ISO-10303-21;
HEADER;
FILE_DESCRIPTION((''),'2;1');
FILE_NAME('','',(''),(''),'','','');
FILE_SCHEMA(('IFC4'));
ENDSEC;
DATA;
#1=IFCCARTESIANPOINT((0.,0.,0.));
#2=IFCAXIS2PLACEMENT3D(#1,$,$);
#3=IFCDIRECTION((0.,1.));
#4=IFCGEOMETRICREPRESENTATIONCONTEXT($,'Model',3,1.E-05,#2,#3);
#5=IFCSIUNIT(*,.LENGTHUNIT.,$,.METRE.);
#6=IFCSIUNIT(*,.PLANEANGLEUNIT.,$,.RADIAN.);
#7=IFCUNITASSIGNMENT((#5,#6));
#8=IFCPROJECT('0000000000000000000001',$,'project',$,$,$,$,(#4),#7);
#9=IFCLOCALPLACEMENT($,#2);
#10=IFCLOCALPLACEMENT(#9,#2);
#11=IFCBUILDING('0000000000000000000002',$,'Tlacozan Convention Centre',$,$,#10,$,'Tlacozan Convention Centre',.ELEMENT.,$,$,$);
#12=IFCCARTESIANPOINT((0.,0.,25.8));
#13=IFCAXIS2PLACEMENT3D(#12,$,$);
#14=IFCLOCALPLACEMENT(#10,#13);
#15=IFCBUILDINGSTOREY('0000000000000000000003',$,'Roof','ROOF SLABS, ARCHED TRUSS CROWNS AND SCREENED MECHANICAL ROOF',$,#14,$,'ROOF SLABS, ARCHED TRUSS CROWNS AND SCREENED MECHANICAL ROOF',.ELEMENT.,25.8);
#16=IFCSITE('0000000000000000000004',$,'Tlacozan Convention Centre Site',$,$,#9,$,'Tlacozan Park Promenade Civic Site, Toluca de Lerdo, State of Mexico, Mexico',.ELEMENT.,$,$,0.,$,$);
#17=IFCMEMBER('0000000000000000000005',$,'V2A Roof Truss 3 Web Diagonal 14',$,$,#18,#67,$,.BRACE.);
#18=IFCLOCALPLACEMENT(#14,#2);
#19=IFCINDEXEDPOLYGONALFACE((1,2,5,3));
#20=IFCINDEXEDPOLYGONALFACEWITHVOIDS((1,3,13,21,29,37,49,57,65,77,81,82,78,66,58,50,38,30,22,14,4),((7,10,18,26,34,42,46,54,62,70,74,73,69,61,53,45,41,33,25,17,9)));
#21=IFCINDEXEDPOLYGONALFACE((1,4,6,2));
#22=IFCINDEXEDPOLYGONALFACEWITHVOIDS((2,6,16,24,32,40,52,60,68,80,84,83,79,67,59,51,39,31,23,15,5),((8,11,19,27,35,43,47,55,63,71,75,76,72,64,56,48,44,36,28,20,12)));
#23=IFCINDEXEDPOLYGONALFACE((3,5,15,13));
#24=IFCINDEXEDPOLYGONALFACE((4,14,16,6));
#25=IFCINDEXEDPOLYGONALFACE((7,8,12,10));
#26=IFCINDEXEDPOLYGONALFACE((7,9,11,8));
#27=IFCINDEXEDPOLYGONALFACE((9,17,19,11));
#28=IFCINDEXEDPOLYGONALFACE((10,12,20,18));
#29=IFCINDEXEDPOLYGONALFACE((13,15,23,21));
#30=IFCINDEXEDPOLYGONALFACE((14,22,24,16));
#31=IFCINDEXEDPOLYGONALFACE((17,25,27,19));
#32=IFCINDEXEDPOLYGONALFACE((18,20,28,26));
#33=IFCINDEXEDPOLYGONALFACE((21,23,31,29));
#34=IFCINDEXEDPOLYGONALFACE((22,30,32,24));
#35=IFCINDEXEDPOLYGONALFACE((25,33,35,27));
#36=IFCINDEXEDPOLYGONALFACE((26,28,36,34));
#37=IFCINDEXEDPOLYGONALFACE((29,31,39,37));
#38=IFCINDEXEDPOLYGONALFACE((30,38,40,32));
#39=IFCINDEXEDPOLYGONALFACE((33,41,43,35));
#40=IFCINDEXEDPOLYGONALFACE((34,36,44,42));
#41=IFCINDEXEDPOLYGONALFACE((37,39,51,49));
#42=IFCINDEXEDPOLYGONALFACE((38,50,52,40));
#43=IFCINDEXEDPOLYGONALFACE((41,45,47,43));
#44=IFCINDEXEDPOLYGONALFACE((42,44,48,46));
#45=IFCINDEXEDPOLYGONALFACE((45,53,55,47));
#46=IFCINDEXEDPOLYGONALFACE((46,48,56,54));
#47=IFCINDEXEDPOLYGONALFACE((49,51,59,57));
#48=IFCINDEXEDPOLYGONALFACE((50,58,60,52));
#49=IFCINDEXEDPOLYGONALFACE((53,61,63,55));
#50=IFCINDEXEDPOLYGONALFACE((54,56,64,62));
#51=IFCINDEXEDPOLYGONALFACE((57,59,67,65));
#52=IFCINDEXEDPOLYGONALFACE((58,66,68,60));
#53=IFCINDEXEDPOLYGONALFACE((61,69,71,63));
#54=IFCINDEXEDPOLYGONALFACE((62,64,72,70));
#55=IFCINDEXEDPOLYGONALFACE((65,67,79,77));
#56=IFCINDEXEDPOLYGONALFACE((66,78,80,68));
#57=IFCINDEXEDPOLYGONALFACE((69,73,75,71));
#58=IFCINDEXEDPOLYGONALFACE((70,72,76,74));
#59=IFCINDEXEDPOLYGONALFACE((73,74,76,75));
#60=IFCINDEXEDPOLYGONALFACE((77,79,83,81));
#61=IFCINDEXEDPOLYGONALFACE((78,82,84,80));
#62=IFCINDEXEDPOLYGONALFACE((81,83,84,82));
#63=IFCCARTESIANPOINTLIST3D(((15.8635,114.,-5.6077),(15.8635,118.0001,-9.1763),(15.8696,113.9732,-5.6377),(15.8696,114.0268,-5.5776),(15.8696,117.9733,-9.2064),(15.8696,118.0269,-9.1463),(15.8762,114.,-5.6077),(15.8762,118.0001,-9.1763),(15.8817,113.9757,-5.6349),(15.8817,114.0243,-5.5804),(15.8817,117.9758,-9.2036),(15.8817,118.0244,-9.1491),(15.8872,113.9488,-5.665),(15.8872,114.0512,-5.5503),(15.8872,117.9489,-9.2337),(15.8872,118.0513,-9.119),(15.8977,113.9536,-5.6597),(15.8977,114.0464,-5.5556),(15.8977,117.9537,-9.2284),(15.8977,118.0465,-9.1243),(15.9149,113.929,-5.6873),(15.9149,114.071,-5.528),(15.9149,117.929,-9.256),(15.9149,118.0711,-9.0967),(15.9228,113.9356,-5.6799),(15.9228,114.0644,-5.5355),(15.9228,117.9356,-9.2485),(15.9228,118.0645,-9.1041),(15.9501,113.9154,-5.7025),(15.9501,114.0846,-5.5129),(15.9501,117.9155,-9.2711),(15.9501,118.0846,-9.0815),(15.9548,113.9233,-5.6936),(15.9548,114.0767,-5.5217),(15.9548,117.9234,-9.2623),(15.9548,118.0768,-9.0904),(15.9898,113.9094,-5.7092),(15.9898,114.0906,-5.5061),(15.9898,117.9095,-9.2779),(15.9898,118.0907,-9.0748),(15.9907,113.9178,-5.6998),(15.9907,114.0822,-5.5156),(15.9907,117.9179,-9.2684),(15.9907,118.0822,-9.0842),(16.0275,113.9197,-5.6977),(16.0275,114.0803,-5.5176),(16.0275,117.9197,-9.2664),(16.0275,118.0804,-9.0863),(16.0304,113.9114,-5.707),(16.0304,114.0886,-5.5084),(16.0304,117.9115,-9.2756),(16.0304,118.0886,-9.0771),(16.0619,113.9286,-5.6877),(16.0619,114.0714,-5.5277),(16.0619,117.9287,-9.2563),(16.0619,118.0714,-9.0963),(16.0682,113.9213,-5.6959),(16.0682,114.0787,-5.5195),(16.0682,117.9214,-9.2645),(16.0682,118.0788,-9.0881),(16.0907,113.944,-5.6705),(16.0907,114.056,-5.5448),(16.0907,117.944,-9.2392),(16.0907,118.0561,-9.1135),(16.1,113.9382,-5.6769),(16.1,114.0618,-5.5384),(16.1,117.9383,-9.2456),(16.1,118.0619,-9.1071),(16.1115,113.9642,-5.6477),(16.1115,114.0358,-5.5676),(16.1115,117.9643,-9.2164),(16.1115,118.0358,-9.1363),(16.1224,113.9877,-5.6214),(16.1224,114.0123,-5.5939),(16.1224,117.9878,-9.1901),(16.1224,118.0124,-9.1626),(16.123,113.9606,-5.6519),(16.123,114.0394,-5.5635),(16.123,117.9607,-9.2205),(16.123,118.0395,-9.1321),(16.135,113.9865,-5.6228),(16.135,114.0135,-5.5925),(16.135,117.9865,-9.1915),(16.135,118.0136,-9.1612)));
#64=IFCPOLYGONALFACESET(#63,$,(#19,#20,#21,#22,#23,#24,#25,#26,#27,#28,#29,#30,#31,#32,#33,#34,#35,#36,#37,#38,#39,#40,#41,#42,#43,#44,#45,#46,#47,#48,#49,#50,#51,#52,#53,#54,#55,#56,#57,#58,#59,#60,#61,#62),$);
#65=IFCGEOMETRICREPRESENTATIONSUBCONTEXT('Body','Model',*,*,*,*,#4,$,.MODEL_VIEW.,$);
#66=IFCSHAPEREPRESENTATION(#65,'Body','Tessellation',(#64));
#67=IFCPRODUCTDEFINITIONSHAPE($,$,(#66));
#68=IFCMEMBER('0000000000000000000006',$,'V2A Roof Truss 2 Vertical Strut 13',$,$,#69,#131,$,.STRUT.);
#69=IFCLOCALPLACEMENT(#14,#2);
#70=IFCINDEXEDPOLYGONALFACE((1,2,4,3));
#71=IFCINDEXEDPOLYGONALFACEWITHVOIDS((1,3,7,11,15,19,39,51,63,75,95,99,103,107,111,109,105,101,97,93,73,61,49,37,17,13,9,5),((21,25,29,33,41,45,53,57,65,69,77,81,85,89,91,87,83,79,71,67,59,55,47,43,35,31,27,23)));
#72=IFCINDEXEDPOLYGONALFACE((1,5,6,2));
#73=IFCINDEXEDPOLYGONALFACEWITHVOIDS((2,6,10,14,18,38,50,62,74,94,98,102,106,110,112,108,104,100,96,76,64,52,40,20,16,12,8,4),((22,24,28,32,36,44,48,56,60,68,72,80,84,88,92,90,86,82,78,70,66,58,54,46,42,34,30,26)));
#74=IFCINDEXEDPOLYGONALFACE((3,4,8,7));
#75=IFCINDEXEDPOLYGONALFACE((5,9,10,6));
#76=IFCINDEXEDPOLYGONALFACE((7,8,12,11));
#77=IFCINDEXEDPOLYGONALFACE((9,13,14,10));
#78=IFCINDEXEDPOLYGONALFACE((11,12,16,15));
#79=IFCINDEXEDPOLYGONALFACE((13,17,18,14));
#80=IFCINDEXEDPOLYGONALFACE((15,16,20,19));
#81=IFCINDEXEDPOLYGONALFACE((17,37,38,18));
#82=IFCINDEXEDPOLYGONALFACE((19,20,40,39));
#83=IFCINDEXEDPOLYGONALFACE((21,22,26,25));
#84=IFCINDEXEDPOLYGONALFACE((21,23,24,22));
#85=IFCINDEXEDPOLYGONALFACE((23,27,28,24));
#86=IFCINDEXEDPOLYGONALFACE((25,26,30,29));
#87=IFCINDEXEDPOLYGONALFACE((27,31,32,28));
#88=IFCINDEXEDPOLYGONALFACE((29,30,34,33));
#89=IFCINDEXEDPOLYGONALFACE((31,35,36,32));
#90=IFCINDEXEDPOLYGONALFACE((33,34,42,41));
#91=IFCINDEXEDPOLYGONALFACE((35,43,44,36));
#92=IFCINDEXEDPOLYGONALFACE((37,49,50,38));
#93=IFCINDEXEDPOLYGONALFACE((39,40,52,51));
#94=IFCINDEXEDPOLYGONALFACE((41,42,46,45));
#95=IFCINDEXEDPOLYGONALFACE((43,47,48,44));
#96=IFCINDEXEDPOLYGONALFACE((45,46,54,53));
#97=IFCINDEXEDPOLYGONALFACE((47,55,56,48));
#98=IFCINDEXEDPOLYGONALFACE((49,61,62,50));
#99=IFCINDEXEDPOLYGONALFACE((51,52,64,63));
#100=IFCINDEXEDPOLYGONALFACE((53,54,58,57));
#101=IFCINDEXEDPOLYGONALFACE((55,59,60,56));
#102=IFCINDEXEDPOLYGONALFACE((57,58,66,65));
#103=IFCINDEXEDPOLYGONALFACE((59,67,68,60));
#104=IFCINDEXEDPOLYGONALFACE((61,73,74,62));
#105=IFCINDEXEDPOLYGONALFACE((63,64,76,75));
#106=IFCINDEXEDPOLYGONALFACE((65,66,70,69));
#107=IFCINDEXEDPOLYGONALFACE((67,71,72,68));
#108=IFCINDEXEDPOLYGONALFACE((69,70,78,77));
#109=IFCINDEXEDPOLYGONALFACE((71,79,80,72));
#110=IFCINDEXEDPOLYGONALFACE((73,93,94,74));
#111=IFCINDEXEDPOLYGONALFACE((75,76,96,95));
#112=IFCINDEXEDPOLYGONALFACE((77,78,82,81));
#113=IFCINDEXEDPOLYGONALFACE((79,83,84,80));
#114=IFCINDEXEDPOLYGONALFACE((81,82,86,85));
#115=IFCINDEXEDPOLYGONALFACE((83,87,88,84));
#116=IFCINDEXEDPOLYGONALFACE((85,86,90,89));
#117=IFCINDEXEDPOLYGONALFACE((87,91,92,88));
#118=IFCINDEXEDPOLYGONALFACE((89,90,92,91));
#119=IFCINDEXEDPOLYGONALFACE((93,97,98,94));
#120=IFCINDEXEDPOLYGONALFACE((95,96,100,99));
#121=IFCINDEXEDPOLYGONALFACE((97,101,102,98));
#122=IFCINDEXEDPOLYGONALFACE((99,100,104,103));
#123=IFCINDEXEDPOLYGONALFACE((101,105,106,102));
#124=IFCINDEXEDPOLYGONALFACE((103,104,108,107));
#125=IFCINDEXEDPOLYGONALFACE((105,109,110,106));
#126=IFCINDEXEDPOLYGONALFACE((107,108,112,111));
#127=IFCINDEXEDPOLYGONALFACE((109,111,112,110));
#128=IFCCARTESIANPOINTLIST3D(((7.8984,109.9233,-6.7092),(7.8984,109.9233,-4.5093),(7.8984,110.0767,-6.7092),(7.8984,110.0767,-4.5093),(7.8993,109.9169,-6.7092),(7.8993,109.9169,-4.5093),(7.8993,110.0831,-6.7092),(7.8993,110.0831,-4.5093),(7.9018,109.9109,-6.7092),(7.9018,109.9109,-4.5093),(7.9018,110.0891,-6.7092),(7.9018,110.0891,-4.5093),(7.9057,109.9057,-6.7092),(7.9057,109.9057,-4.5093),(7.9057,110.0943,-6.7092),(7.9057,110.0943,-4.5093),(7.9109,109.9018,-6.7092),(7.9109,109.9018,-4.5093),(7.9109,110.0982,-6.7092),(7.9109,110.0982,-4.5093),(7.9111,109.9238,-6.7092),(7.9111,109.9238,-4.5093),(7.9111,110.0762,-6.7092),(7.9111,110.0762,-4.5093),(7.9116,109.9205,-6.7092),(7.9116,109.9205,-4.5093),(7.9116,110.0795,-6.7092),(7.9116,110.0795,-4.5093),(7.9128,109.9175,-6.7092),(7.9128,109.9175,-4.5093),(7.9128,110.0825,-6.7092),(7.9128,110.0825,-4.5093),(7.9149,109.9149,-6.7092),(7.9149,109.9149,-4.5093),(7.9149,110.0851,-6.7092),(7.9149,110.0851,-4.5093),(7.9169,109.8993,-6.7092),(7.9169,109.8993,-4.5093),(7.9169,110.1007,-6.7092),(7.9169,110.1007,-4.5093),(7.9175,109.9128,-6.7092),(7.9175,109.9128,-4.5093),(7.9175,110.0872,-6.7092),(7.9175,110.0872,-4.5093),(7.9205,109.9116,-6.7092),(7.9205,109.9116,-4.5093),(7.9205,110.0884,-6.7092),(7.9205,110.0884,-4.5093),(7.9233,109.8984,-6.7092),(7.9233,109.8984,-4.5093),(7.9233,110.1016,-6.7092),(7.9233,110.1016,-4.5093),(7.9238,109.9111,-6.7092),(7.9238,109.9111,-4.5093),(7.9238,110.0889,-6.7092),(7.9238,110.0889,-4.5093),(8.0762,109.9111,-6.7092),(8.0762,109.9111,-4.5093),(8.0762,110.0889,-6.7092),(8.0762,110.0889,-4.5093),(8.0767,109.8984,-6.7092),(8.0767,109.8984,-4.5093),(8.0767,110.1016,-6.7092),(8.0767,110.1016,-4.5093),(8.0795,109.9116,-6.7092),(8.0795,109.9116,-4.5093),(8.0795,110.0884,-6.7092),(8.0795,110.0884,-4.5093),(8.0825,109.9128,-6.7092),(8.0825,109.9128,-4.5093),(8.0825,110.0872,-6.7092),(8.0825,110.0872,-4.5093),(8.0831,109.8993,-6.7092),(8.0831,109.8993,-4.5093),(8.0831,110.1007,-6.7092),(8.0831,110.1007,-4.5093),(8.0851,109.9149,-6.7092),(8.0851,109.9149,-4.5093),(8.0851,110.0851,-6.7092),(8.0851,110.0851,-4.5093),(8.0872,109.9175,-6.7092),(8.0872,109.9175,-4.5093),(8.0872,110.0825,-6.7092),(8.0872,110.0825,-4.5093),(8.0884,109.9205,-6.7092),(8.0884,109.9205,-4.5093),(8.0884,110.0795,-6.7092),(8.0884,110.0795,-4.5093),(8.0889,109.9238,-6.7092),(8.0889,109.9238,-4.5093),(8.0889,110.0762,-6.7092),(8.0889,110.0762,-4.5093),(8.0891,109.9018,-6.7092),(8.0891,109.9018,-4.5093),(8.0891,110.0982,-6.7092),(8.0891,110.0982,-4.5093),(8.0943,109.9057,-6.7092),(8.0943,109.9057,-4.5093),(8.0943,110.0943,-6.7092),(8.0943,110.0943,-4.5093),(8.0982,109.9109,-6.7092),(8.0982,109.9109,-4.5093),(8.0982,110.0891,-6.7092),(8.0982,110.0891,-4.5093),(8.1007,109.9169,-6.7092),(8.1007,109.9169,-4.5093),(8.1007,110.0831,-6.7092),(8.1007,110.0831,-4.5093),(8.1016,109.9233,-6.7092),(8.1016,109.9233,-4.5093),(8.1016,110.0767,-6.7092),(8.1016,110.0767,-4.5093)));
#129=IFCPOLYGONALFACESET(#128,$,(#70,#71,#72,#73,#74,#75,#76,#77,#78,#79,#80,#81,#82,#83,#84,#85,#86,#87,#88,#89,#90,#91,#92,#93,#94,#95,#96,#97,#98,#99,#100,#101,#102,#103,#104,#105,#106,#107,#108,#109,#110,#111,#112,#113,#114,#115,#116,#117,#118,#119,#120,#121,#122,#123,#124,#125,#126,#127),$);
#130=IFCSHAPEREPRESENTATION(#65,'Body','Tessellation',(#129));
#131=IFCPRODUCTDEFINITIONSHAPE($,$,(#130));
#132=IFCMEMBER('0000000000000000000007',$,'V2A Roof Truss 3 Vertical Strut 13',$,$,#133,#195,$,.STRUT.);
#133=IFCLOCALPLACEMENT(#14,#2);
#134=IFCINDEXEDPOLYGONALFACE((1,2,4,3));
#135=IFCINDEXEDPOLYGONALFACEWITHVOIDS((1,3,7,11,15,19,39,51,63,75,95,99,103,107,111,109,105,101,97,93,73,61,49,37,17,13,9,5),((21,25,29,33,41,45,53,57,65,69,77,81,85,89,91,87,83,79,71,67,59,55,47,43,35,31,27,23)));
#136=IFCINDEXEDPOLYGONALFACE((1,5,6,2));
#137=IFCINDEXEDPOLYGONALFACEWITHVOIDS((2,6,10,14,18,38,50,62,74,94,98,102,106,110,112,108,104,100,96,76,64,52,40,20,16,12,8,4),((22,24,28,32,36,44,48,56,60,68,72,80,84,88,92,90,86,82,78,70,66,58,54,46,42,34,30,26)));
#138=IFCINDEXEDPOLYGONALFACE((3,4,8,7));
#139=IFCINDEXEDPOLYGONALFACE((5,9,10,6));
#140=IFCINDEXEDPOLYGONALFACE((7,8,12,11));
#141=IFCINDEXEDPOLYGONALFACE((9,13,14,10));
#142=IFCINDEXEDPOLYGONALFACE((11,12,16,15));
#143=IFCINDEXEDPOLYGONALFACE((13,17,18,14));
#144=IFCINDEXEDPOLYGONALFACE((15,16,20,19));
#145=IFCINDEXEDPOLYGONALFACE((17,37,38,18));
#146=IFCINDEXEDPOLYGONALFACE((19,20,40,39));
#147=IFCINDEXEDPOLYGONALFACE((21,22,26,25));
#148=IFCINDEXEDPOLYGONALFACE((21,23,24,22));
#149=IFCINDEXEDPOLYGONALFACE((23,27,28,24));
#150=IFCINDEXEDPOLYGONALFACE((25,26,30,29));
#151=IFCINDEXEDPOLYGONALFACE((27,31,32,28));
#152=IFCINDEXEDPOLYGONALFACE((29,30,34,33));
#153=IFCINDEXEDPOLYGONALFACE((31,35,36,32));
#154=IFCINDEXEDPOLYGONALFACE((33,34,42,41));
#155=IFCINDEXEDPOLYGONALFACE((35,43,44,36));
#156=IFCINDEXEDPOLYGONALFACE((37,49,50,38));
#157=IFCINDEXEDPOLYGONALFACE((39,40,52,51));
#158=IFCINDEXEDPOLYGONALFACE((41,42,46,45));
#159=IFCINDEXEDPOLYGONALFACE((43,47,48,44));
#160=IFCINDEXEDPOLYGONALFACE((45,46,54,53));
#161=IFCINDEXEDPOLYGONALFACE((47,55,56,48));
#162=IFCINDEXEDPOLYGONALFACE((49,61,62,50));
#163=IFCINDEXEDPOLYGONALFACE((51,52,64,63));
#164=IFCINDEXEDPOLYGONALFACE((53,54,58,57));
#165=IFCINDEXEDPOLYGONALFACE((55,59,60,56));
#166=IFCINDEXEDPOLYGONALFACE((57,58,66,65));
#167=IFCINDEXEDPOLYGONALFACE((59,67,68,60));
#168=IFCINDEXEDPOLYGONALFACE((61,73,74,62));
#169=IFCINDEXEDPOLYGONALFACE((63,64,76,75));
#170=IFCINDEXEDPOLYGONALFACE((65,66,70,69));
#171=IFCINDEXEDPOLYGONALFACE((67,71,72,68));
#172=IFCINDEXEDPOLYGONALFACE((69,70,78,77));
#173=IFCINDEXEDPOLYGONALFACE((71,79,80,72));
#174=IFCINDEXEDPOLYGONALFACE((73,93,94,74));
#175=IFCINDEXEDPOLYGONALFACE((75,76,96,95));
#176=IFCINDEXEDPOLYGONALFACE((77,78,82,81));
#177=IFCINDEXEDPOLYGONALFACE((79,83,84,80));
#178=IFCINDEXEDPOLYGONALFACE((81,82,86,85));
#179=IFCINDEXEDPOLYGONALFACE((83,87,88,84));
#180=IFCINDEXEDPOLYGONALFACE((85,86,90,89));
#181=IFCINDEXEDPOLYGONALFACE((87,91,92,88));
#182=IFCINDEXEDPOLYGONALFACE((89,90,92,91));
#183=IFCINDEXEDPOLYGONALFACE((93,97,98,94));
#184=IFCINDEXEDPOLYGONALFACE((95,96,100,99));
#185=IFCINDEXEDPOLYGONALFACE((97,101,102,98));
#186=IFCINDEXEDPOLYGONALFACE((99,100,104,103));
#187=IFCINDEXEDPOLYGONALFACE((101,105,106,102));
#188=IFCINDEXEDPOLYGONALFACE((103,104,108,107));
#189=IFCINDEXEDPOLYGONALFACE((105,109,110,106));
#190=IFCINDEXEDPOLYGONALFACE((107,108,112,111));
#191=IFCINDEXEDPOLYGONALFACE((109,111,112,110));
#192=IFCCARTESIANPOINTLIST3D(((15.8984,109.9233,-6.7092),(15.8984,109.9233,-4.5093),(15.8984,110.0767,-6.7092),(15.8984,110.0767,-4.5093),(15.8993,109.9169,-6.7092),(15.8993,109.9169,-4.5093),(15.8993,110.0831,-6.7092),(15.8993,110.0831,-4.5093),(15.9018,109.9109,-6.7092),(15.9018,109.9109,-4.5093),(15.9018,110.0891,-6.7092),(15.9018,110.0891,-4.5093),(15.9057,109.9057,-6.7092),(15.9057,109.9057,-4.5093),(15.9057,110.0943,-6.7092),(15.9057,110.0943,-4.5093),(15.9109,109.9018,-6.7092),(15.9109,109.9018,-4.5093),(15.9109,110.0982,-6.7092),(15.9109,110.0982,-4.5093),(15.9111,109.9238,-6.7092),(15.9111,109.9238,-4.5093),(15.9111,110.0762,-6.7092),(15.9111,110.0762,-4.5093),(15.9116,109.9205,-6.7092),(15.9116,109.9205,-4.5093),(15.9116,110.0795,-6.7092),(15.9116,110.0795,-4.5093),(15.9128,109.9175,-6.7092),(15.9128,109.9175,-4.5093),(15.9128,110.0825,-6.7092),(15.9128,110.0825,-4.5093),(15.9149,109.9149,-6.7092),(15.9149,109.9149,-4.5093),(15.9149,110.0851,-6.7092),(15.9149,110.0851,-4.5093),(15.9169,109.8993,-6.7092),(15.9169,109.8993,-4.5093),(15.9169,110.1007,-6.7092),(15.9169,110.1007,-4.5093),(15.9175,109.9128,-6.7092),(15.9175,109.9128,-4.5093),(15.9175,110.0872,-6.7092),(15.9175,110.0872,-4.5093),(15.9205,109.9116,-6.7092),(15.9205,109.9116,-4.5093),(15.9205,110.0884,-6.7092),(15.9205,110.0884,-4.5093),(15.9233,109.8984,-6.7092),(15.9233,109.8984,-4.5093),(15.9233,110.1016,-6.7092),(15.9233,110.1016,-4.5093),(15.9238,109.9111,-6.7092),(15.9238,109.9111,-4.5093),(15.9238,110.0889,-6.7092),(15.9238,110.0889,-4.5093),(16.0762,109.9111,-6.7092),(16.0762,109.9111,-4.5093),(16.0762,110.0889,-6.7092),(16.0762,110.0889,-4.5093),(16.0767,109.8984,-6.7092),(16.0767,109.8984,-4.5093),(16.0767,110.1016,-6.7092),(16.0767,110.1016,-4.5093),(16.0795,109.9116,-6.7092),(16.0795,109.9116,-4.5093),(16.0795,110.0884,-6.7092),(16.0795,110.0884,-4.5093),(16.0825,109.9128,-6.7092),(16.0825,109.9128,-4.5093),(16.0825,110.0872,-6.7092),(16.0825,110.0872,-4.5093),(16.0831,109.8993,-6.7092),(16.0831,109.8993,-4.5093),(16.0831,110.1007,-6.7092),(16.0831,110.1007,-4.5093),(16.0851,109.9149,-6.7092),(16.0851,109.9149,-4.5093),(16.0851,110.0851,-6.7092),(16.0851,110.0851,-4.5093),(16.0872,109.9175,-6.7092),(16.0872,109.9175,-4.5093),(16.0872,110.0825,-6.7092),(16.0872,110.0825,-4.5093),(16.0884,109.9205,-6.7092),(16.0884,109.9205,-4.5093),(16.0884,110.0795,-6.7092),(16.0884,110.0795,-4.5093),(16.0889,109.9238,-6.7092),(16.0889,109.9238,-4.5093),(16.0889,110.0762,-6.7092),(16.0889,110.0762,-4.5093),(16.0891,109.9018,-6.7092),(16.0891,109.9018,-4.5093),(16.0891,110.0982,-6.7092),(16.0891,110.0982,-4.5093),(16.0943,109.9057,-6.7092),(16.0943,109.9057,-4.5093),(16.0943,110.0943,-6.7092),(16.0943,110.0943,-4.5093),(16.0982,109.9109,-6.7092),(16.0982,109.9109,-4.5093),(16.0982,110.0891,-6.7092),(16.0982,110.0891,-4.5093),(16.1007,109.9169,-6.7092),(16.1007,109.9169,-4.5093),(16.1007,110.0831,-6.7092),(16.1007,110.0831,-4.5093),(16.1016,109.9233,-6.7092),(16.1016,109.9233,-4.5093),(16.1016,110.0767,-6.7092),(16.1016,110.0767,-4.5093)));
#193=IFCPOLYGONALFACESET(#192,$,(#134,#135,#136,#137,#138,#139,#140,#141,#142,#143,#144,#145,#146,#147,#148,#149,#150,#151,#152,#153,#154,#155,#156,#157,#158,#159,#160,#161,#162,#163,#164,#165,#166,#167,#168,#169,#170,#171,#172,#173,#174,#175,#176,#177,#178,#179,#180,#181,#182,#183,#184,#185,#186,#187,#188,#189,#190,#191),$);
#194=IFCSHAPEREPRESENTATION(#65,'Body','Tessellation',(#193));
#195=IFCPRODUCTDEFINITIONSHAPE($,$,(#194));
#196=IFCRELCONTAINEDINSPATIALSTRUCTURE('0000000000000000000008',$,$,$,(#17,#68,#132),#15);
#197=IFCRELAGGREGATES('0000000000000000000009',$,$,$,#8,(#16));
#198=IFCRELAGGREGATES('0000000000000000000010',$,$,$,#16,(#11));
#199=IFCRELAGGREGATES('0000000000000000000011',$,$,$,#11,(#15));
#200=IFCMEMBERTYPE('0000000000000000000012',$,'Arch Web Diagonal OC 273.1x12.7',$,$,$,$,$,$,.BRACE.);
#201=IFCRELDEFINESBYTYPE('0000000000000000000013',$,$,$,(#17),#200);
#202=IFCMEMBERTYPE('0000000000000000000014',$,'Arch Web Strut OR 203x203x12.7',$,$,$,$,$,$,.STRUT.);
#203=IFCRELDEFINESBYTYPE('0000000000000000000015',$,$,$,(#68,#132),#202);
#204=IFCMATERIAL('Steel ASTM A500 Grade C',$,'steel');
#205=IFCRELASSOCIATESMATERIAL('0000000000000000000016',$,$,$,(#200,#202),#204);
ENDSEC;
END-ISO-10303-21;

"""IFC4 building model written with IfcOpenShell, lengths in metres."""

from ifc_helpers import new_model, si_unit, direction, frame, origin, origin_2d, place, context, subcontext, project, spatial, hollow_rectangle, hollow_circle, extrude, material, material_profile, profile_set, type_object, element, save


model = new_model("IFC4")

# Units and contexts
model_context = context("Model", 3, precision=1e-05, world=origin(), true_north=direction((0.0, 1.0)))
body_context = subcontext(model_context, "Body", "Model", "MODEL_VIEW")
ifc_project = project(units=[si_unit("LENGTHUNIT", "METRE"), si_unit("PLANEANGLEUNIT", "RADIAN")], contexts=[model_context])

# Site, building, storey
site_placement = place(None, origin())
site = spatial("IfcSite", under=ifc_project, at=site_placement, Name="Tlacozan Convention Centre Site", LongName="Tlacozan Park Promenade Civic Site, Toluca de Lerdo, State of Mexico, Mexico", CompositionType="ELEMENT", RefElevation=0.0)
building_placement = place(site_placement, origin())
building = spatial("IfcBuilding", under=site, at=building_placement, Name="Tlacozan Convention Centre", LongName="Tlacozan Convention Centre", CompositionType="ELEMENT")
storey_placement = place(building_placement, frame((0.0, 0.0, 25.8)))
storey = spatial("IfcBuildingStorey", under=building, at=storey_placement, Name="Roof", Description="ROOF SLABS, ARCHED TRUSS CROWNS AND SCREENED MECHANICAL ROOF", LongName="ROOF SLABS, ARCHED TRUSS CROWNS AND SCREENED MECHANICAL ROOF", CompositionType="ELEMENT", Elevation=25.8)

# Members
ifc_material_1 = material(Name="Steel ASTM A500 Grade C", Category="steel")
ifc_material_profile_1 = material_profile(ifc_material_1, hollow_circle(Radius=0.1365, WallThickness=0.0127, at=origin_2d()), Name="OC 273.1x12.7")
ifc_profile_set_1 = profile_set([ifc_material_profile_1], Name="Steel ASTM A500 Grade C")
member_type_1 = type_object("IfcMemberType", Name="Arch Web Diagonal OC 273.1x12.7", PredefinedType="BRACE", material=ifc_profile_set_1)
member_1_placement = place(storey_placement, frame((16.0, 114.0, -5.6077), z_axis=(0.0, 0.746199, -0.665722), x_axis=(-1.0, 0.0, 0.0)))
element("IfcMember", 1, at=member_1_placement, inside=storey, type_object=member_type_1, Name="V2A Roof Truss 3 Web Diagonal 14", PredefinedType="BRACE", context=body_context, shape_type="SweptSolid", body=[
    extrude(hollow_circle(Radius=0.1365, WallThickness=0.0127, at=origin_2d()), origin(), (0.0, 0.0, 1.0), 5.3606),
])
ifc_material_profile_2 = material_profile(ifc_material_1, hollow_rectangle(XDim=0.2031, YDim=0.2031, WallThickness=0.0127, InnerFilletRadius=0.0127, OuterFilletRadius=0.0249, at=origin_2d()), Name="OR 203x203x12.7")
ifc_profile_set_2 = profile_set([ifc_material_profile_2], Name="Steel ASTM A500 Grade C")
member_type_2 = type_object("IfcMemberType", Name="Arch Web Strut OR 203x203x12.7", PredefinedType="STRUT", material=ifc_profile_set_2)
for number, where, z_axis, x_axis, name in (
    (2, (8.0, 110.0, -6.7092), (0.0, 0.0, 1.0), (1.0, 0.0, 0.0), "V2A Roof Truss 2 Vertical Strut 13"),
    (3, (16.0, 110.0, -6.7092), (0.0, 0.0, 1.0), (1.0, 0.0, 0.0), "V2A Roof Truss 3 Vertical Strut 13"),
):
    element("IfcMember", number, at=place(storey_placement, frame(where, z_axis=z_axis, x_axis=x_axis)), inside=storey, type_object=member_type_2, Name=name, PredefinedType="STRUT", context=body_context, shape_type="SweptSolid", body=[
        extrude(hollow_rectangle(XDim=0.2031, YDim=0.2031, WallThickness=0.0127, InnerFilletRadius=0.0127, OuterFilletRadius=0.0249, at=origin_2d()), origin(), (0.0, 0.0, 1.0), 2.2),
    ])

save(model, "model.ifc")
